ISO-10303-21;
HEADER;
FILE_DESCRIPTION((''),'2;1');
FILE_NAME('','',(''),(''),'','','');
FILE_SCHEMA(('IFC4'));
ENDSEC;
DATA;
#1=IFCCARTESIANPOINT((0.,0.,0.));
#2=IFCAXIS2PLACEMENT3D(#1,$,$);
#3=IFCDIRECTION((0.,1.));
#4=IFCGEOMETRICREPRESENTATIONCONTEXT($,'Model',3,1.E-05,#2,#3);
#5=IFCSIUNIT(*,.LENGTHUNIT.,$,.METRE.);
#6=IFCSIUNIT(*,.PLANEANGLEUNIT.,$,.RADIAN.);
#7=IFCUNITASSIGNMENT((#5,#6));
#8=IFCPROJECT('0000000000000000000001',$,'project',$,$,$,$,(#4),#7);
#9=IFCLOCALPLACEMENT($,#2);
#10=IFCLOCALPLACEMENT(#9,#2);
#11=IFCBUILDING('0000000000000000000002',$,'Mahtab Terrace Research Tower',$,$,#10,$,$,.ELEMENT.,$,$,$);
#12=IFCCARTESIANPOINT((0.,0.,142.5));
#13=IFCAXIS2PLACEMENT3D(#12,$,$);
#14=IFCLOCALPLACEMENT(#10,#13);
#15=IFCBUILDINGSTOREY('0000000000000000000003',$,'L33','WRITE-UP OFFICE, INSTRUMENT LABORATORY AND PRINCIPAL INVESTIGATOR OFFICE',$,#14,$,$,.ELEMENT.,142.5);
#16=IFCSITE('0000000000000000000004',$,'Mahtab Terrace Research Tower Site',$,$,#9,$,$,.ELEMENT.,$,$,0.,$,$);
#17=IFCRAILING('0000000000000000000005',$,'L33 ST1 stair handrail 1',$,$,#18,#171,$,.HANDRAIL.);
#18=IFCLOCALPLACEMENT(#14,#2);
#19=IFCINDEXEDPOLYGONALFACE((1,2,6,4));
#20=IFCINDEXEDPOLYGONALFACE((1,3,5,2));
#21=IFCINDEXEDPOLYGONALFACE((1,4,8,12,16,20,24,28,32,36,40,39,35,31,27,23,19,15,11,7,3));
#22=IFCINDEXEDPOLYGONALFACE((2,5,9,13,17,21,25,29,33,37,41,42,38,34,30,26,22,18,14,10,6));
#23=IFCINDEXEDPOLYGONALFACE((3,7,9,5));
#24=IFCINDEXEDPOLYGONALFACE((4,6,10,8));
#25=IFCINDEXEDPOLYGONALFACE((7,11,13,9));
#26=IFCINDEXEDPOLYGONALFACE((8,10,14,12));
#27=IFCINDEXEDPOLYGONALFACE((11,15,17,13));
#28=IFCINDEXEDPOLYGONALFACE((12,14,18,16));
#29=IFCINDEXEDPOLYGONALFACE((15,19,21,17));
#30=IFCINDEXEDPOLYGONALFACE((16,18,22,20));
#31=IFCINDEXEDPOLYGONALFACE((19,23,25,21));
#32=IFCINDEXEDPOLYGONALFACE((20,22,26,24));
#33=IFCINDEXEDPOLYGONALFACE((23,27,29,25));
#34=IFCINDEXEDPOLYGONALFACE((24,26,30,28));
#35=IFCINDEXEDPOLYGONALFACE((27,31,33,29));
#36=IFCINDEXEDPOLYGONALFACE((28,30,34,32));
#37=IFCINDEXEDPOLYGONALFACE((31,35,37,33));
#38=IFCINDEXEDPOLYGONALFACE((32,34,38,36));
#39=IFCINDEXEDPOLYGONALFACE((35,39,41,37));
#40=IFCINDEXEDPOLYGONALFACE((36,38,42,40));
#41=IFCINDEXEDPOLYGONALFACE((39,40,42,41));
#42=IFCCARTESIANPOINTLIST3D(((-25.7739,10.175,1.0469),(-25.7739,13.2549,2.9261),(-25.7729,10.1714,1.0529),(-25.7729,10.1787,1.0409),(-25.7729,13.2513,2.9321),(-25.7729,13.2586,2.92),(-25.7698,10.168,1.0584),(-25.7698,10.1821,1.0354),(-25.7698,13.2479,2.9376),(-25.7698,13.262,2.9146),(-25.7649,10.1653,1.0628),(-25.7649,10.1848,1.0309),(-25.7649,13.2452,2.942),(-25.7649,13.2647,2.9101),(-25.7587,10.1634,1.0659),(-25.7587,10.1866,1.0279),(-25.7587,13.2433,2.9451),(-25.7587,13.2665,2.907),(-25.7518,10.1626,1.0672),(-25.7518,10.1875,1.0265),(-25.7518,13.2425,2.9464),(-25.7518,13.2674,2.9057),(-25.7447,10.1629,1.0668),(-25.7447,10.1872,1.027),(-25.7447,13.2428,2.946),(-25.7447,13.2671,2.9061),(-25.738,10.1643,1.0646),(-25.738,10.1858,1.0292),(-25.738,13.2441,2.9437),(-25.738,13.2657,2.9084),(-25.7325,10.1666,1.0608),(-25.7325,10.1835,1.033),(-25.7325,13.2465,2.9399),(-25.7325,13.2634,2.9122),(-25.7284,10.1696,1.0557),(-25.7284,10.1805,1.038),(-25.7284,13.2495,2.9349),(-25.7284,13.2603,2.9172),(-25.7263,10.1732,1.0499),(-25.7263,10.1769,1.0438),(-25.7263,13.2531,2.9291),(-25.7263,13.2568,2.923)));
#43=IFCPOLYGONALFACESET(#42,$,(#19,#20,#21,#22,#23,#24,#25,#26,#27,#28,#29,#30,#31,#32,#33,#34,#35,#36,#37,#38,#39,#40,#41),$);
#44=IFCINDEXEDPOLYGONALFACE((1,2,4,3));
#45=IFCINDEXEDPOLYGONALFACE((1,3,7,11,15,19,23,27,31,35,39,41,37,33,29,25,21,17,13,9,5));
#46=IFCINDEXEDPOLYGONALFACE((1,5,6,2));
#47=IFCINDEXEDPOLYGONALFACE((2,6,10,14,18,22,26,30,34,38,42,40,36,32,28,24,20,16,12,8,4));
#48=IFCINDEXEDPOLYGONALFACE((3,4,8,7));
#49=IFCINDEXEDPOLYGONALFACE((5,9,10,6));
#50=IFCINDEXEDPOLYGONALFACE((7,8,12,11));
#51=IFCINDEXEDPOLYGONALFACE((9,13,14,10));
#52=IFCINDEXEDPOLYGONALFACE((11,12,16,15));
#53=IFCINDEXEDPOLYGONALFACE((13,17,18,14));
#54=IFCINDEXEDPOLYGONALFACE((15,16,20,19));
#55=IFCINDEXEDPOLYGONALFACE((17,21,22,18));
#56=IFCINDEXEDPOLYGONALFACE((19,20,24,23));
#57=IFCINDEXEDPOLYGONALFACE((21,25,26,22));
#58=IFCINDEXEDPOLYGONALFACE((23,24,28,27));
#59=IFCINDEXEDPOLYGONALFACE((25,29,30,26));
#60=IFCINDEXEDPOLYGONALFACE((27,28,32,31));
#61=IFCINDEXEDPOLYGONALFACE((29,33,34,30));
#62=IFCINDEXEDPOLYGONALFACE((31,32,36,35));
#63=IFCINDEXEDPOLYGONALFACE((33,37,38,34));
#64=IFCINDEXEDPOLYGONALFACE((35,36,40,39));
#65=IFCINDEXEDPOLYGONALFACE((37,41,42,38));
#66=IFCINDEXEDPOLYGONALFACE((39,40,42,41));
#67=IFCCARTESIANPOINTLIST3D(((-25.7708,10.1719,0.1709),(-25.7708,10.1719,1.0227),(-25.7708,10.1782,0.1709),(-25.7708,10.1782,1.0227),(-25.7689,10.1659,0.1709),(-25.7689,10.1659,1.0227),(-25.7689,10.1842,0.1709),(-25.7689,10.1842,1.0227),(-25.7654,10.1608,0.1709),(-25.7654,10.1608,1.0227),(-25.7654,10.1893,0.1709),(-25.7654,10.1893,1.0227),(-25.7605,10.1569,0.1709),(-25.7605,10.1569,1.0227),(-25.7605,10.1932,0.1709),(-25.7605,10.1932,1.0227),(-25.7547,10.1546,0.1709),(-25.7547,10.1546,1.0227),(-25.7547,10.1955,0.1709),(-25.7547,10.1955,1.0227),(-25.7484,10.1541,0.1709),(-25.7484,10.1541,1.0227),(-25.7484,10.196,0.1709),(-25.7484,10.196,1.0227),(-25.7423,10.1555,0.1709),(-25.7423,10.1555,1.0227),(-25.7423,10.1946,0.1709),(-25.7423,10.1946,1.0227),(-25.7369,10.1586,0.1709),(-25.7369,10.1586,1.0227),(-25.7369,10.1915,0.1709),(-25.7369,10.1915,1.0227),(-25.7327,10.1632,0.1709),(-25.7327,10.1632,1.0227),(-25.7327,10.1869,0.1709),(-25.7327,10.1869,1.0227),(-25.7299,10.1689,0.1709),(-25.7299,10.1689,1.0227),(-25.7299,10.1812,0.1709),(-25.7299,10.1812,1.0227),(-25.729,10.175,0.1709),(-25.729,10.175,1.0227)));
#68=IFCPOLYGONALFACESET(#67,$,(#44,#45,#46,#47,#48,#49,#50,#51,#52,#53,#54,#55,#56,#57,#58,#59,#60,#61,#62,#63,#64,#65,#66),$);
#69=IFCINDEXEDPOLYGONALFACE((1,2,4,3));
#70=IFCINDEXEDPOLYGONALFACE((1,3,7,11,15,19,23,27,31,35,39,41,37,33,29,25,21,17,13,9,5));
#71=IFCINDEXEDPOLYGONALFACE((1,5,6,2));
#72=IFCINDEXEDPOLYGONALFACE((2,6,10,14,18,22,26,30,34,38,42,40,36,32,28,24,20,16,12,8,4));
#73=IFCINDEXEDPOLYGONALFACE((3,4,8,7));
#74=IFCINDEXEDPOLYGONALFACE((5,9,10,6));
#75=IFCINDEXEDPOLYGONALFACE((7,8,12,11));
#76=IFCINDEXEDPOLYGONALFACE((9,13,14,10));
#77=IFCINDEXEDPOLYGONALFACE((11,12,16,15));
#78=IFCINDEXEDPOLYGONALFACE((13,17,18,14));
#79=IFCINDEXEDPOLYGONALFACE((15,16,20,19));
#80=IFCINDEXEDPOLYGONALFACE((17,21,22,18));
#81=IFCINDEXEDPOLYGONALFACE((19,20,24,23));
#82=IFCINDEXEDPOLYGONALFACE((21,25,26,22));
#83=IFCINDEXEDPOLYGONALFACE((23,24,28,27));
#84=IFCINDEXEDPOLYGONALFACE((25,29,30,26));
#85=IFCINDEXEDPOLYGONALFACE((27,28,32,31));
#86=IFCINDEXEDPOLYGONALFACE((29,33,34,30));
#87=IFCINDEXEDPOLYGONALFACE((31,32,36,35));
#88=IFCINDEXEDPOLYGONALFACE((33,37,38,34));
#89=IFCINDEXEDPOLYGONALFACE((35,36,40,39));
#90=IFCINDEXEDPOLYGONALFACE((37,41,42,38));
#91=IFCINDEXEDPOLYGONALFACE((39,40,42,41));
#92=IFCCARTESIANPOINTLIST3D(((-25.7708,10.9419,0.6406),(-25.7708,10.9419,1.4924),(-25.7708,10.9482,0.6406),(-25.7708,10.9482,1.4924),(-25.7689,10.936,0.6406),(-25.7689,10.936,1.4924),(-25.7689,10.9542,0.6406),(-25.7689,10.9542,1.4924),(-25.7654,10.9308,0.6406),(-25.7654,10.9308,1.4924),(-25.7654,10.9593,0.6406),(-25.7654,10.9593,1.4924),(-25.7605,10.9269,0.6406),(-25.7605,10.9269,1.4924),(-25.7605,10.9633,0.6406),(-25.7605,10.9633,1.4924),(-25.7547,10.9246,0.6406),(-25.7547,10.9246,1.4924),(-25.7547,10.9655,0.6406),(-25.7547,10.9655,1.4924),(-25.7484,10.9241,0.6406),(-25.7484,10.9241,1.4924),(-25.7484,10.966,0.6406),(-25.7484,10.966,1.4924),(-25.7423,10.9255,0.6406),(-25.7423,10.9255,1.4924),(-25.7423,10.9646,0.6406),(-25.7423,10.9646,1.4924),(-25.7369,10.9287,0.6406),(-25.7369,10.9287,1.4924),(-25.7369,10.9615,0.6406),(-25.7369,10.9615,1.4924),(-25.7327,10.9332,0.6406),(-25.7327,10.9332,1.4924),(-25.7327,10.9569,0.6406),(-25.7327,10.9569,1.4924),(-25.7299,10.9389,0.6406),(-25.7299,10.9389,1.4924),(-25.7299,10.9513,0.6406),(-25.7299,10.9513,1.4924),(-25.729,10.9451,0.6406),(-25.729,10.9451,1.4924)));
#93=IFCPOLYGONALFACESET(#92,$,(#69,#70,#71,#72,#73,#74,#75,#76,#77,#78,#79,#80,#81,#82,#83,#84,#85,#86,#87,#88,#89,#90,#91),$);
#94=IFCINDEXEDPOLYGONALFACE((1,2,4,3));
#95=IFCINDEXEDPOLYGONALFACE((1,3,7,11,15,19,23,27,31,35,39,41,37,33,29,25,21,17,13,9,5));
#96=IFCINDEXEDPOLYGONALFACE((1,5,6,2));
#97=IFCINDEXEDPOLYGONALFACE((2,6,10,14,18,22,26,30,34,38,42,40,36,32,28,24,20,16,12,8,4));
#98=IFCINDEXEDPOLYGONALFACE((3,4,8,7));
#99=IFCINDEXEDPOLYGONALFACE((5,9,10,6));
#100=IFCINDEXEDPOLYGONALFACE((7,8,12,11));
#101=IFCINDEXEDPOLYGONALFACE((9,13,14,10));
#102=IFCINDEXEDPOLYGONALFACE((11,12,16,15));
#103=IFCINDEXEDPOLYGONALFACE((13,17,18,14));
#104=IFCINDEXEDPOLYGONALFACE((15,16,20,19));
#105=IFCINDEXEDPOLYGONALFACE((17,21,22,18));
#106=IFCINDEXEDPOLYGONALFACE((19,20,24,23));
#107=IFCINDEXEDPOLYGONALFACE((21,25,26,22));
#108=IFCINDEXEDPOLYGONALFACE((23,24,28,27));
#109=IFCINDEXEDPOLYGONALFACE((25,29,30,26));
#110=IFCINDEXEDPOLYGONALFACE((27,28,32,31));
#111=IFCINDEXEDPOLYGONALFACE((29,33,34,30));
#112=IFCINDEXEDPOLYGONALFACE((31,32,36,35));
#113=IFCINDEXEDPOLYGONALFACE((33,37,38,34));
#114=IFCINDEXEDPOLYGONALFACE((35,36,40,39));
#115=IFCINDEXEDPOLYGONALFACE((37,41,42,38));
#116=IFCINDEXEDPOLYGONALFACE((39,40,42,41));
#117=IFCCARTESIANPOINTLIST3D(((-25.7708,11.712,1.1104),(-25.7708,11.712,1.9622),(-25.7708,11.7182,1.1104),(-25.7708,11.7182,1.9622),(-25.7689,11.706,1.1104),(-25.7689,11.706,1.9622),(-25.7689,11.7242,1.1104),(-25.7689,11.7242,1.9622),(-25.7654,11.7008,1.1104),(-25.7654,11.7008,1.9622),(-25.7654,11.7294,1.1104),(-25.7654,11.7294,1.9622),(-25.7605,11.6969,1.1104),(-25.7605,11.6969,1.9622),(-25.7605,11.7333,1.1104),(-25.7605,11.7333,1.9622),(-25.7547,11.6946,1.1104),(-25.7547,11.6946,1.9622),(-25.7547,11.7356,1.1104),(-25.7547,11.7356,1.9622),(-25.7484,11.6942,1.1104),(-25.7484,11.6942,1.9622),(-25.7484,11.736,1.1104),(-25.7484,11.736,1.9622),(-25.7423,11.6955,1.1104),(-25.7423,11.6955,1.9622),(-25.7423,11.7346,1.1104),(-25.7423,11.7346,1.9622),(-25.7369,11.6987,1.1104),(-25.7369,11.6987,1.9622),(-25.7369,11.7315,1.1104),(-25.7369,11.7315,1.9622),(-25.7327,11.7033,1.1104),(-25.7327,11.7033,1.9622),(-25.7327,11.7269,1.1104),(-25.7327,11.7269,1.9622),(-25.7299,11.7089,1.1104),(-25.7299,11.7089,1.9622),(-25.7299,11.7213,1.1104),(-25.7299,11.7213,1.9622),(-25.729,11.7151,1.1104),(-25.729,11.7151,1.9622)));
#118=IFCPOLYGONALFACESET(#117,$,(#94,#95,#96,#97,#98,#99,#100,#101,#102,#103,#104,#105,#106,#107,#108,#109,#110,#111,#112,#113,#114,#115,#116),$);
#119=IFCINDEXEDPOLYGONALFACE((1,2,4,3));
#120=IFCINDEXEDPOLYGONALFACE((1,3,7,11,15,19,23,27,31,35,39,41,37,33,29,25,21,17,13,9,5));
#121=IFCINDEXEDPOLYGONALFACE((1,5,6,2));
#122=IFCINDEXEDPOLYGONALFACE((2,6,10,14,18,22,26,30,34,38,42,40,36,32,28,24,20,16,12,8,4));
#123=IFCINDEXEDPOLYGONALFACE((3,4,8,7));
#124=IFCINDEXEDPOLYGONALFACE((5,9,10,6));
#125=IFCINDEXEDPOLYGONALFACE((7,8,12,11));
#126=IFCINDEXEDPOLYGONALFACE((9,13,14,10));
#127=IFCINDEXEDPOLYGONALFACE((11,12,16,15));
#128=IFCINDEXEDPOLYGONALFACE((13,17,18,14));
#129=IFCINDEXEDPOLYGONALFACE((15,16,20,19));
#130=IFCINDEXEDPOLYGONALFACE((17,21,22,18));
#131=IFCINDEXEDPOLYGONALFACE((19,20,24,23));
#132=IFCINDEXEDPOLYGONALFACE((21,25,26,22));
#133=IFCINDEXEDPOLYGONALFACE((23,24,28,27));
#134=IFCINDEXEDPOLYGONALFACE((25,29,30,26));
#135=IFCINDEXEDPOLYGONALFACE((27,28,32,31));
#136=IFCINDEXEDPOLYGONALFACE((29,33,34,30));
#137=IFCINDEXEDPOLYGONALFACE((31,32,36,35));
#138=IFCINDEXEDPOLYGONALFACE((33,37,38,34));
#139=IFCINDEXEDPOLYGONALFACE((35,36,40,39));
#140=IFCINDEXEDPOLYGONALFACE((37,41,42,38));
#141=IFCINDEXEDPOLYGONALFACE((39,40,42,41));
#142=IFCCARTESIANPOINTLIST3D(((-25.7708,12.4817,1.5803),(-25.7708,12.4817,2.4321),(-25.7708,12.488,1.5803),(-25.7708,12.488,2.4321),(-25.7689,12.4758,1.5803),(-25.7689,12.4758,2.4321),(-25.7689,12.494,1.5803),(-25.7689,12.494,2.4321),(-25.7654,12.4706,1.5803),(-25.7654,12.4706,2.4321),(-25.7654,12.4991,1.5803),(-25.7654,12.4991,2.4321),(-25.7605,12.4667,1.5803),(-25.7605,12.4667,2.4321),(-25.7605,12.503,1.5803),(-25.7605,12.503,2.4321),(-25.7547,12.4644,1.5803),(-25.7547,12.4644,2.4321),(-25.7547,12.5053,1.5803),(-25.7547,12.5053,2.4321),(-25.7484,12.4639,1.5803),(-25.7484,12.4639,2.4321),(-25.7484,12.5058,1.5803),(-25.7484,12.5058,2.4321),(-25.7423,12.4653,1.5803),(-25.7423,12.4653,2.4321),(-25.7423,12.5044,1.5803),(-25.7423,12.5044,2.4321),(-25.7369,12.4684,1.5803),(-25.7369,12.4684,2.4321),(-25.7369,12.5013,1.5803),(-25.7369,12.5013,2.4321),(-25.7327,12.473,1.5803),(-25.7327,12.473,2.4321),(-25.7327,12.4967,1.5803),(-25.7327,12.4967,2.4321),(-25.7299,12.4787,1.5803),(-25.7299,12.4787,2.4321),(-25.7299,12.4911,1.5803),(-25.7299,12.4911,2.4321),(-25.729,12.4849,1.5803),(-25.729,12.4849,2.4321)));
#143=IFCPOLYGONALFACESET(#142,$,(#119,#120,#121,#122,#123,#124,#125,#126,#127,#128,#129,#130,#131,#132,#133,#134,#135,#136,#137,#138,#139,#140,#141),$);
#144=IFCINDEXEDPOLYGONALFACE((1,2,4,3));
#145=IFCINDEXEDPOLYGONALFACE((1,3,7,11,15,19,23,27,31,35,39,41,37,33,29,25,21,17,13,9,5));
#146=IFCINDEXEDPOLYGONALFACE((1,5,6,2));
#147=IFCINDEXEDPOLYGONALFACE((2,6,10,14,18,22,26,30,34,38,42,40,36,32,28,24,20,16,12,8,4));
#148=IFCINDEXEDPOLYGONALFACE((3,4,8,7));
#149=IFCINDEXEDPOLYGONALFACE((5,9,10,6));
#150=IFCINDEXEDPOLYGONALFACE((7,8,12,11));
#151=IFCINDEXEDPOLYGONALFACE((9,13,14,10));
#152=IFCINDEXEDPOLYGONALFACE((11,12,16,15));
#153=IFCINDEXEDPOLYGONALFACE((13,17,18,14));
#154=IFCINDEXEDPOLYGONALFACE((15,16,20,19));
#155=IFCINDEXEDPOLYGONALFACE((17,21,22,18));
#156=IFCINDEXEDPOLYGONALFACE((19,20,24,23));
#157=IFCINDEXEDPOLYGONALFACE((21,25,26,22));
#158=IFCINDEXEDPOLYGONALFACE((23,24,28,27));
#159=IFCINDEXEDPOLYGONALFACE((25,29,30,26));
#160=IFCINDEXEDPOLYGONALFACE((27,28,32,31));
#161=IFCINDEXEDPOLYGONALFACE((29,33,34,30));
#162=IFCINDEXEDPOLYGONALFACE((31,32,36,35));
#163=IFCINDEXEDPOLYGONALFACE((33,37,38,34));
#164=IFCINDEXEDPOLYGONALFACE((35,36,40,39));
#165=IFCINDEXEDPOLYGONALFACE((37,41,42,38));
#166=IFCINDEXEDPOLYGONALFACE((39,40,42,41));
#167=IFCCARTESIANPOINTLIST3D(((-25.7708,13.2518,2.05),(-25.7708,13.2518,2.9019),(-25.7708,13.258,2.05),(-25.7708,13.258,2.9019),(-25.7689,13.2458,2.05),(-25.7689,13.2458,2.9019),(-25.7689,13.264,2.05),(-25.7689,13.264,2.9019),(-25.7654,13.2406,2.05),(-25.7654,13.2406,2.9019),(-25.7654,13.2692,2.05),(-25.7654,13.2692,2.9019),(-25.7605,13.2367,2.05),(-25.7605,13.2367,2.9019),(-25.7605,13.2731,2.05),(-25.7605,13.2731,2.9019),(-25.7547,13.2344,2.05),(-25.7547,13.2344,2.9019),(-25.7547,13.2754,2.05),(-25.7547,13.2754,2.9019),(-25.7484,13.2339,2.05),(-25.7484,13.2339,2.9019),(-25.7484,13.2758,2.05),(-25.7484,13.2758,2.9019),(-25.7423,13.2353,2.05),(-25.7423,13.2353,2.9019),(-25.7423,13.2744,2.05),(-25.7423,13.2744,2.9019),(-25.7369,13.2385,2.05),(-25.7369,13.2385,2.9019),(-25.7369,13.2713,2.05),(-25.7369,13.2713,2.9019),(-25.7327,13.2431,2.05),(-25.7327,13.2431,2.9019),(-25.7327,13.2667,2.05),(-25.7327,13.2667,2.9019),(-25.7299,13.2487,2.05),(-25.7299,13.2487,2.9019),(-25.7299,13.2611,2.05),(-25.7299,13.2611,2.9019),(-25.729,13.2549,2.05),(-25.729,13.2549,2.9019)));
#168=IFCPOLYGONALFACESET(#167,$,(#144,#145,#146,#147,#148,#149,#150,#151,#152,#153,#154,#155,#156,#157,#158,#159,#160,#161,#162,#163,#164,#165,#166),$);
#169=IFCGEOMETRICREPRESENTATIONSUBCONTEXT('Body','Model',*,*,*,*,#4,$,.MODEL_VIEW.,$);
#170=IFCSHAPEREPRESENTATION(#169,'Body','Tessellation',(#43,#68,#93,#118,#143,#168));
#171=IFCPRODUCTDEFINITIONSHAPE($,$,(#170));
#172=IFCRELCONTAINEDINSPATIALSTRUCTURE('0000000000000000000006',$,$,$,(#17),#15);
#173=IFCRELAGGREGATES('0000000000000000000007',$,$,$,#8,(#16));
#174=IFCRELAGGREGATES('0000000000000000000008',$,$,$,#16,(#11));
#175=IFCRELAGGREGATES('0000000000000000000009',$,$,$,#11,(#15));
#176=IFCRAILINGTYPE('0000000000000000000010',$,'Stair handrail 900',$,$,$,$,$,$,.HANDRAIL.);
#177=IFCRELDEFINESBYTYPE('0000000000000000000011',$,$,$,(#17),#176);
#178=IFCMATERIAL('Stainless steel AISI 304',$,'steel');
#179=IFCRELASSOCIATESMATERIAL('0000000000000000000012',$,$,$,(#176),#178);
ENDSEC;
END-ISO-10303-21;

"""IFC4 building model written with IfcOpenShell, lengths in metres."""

from ifc_helpers import new_model, si_unit, direction, frame, origin, origin_2d, place, context, subcontext, project, spatial, circle, extrude, material, type_object, element, save


model = new_model("IFC4")

# Units and contexts
model_context = context("Model", 3, precision=1e-05, world=origin(), true_north=direction((0.0, 1.0)))
body_context = subcontext(model_context, "Body", "Model", "MODEL_VIEW")
ifc_project = project(units=[si_unit("LENGTHUNIT", "METRE"), si_unit("PLANEANGLEUNIT", "RADIAN")], contexts=[model_context])

# Site, building, storey
site_placement = place(None, origin())
site = spatial("IfcSite", under=ifc_project, at=site_placement, Name="Mahtab Terrace Research Tower Site", CompositionType="ELEMENT", RefElevation=0.0)
building_placement = place(site_placement, origin())
building = spatial("IfcBuilding", under=site, at=building_placement, Name="Mahtab Terrace Research Tower", CompositionType="ELEMENT")
storey_placement = place(building_placement, frame((0.0, 0.0, 142.5)))
storey = spatial("IfcBuildingStorey", under=building, at=storey_placement, Name="L33", Description="WRITE-UP OFFICE, INSTRUMENT LABORATORY AND PRINCIPAL INVESTIGATOR OFFICE", CompositionType="ELEMENT", Elevation=142.5)

# Railing
ifc_material_1 = material(Name="Stainless steel AISI 304", Category="steel")
railing_type_1 = type_object("IfcRailingType", Name="Stair handrail 900", PredefinedType="HANDRAIL", material=ifc_material_1)
railing_1_placement = place(storey_placement, frame((-25.75, 10.175, 0.1709)))
element("IfcRailing", 1, at=railing_1_placement, inside=storey, type_object=railing_type_1, Name="L33 ST1 stair handrail 1", PredefinedType="HANDRAIL", context=body_context, shape_type="SweptSolid", body=[
    extrude(circle(Radius=0.0239, at=origin_2d()), frame((0.0, 0.0, 0.876), z_axis=(0.0, 0.853648, 0.52085), x_axis=(-1.0, 0.0, 0.0)), (0.0, 0.0, 1.0), 3.6079),
    extrude(circle(Radius=0.021, at=origin_2d()), origin(), (0.0, 0.0, 1.0), 0.8518),
    extrude(circle(Radius=0.021, at=origin_2d()), frame((0.0, 0.77, 0.4697)), (0.0, 0.0, 1.0), 0.8518),
    extrude(circle(Radius=0.021, at=origin_2d()), frame((0.0, 1.54, 0.9395)), (0.0, 0.0, 1.0), 0.8518),
    extrude(circle(Radius=0.021, at=origin_2d()), frame((0.0, 2.3098, 1.4094)), (0.0, 0.0, 1.0), 0.8518),
    extrude(circle(Radius=0.021, at=origin_2d()), frame((0.0, 3.0798, 1.8792)), (0.0, 0.0, 1.0), 0.8518),
])

save(model, "model.ifc")
